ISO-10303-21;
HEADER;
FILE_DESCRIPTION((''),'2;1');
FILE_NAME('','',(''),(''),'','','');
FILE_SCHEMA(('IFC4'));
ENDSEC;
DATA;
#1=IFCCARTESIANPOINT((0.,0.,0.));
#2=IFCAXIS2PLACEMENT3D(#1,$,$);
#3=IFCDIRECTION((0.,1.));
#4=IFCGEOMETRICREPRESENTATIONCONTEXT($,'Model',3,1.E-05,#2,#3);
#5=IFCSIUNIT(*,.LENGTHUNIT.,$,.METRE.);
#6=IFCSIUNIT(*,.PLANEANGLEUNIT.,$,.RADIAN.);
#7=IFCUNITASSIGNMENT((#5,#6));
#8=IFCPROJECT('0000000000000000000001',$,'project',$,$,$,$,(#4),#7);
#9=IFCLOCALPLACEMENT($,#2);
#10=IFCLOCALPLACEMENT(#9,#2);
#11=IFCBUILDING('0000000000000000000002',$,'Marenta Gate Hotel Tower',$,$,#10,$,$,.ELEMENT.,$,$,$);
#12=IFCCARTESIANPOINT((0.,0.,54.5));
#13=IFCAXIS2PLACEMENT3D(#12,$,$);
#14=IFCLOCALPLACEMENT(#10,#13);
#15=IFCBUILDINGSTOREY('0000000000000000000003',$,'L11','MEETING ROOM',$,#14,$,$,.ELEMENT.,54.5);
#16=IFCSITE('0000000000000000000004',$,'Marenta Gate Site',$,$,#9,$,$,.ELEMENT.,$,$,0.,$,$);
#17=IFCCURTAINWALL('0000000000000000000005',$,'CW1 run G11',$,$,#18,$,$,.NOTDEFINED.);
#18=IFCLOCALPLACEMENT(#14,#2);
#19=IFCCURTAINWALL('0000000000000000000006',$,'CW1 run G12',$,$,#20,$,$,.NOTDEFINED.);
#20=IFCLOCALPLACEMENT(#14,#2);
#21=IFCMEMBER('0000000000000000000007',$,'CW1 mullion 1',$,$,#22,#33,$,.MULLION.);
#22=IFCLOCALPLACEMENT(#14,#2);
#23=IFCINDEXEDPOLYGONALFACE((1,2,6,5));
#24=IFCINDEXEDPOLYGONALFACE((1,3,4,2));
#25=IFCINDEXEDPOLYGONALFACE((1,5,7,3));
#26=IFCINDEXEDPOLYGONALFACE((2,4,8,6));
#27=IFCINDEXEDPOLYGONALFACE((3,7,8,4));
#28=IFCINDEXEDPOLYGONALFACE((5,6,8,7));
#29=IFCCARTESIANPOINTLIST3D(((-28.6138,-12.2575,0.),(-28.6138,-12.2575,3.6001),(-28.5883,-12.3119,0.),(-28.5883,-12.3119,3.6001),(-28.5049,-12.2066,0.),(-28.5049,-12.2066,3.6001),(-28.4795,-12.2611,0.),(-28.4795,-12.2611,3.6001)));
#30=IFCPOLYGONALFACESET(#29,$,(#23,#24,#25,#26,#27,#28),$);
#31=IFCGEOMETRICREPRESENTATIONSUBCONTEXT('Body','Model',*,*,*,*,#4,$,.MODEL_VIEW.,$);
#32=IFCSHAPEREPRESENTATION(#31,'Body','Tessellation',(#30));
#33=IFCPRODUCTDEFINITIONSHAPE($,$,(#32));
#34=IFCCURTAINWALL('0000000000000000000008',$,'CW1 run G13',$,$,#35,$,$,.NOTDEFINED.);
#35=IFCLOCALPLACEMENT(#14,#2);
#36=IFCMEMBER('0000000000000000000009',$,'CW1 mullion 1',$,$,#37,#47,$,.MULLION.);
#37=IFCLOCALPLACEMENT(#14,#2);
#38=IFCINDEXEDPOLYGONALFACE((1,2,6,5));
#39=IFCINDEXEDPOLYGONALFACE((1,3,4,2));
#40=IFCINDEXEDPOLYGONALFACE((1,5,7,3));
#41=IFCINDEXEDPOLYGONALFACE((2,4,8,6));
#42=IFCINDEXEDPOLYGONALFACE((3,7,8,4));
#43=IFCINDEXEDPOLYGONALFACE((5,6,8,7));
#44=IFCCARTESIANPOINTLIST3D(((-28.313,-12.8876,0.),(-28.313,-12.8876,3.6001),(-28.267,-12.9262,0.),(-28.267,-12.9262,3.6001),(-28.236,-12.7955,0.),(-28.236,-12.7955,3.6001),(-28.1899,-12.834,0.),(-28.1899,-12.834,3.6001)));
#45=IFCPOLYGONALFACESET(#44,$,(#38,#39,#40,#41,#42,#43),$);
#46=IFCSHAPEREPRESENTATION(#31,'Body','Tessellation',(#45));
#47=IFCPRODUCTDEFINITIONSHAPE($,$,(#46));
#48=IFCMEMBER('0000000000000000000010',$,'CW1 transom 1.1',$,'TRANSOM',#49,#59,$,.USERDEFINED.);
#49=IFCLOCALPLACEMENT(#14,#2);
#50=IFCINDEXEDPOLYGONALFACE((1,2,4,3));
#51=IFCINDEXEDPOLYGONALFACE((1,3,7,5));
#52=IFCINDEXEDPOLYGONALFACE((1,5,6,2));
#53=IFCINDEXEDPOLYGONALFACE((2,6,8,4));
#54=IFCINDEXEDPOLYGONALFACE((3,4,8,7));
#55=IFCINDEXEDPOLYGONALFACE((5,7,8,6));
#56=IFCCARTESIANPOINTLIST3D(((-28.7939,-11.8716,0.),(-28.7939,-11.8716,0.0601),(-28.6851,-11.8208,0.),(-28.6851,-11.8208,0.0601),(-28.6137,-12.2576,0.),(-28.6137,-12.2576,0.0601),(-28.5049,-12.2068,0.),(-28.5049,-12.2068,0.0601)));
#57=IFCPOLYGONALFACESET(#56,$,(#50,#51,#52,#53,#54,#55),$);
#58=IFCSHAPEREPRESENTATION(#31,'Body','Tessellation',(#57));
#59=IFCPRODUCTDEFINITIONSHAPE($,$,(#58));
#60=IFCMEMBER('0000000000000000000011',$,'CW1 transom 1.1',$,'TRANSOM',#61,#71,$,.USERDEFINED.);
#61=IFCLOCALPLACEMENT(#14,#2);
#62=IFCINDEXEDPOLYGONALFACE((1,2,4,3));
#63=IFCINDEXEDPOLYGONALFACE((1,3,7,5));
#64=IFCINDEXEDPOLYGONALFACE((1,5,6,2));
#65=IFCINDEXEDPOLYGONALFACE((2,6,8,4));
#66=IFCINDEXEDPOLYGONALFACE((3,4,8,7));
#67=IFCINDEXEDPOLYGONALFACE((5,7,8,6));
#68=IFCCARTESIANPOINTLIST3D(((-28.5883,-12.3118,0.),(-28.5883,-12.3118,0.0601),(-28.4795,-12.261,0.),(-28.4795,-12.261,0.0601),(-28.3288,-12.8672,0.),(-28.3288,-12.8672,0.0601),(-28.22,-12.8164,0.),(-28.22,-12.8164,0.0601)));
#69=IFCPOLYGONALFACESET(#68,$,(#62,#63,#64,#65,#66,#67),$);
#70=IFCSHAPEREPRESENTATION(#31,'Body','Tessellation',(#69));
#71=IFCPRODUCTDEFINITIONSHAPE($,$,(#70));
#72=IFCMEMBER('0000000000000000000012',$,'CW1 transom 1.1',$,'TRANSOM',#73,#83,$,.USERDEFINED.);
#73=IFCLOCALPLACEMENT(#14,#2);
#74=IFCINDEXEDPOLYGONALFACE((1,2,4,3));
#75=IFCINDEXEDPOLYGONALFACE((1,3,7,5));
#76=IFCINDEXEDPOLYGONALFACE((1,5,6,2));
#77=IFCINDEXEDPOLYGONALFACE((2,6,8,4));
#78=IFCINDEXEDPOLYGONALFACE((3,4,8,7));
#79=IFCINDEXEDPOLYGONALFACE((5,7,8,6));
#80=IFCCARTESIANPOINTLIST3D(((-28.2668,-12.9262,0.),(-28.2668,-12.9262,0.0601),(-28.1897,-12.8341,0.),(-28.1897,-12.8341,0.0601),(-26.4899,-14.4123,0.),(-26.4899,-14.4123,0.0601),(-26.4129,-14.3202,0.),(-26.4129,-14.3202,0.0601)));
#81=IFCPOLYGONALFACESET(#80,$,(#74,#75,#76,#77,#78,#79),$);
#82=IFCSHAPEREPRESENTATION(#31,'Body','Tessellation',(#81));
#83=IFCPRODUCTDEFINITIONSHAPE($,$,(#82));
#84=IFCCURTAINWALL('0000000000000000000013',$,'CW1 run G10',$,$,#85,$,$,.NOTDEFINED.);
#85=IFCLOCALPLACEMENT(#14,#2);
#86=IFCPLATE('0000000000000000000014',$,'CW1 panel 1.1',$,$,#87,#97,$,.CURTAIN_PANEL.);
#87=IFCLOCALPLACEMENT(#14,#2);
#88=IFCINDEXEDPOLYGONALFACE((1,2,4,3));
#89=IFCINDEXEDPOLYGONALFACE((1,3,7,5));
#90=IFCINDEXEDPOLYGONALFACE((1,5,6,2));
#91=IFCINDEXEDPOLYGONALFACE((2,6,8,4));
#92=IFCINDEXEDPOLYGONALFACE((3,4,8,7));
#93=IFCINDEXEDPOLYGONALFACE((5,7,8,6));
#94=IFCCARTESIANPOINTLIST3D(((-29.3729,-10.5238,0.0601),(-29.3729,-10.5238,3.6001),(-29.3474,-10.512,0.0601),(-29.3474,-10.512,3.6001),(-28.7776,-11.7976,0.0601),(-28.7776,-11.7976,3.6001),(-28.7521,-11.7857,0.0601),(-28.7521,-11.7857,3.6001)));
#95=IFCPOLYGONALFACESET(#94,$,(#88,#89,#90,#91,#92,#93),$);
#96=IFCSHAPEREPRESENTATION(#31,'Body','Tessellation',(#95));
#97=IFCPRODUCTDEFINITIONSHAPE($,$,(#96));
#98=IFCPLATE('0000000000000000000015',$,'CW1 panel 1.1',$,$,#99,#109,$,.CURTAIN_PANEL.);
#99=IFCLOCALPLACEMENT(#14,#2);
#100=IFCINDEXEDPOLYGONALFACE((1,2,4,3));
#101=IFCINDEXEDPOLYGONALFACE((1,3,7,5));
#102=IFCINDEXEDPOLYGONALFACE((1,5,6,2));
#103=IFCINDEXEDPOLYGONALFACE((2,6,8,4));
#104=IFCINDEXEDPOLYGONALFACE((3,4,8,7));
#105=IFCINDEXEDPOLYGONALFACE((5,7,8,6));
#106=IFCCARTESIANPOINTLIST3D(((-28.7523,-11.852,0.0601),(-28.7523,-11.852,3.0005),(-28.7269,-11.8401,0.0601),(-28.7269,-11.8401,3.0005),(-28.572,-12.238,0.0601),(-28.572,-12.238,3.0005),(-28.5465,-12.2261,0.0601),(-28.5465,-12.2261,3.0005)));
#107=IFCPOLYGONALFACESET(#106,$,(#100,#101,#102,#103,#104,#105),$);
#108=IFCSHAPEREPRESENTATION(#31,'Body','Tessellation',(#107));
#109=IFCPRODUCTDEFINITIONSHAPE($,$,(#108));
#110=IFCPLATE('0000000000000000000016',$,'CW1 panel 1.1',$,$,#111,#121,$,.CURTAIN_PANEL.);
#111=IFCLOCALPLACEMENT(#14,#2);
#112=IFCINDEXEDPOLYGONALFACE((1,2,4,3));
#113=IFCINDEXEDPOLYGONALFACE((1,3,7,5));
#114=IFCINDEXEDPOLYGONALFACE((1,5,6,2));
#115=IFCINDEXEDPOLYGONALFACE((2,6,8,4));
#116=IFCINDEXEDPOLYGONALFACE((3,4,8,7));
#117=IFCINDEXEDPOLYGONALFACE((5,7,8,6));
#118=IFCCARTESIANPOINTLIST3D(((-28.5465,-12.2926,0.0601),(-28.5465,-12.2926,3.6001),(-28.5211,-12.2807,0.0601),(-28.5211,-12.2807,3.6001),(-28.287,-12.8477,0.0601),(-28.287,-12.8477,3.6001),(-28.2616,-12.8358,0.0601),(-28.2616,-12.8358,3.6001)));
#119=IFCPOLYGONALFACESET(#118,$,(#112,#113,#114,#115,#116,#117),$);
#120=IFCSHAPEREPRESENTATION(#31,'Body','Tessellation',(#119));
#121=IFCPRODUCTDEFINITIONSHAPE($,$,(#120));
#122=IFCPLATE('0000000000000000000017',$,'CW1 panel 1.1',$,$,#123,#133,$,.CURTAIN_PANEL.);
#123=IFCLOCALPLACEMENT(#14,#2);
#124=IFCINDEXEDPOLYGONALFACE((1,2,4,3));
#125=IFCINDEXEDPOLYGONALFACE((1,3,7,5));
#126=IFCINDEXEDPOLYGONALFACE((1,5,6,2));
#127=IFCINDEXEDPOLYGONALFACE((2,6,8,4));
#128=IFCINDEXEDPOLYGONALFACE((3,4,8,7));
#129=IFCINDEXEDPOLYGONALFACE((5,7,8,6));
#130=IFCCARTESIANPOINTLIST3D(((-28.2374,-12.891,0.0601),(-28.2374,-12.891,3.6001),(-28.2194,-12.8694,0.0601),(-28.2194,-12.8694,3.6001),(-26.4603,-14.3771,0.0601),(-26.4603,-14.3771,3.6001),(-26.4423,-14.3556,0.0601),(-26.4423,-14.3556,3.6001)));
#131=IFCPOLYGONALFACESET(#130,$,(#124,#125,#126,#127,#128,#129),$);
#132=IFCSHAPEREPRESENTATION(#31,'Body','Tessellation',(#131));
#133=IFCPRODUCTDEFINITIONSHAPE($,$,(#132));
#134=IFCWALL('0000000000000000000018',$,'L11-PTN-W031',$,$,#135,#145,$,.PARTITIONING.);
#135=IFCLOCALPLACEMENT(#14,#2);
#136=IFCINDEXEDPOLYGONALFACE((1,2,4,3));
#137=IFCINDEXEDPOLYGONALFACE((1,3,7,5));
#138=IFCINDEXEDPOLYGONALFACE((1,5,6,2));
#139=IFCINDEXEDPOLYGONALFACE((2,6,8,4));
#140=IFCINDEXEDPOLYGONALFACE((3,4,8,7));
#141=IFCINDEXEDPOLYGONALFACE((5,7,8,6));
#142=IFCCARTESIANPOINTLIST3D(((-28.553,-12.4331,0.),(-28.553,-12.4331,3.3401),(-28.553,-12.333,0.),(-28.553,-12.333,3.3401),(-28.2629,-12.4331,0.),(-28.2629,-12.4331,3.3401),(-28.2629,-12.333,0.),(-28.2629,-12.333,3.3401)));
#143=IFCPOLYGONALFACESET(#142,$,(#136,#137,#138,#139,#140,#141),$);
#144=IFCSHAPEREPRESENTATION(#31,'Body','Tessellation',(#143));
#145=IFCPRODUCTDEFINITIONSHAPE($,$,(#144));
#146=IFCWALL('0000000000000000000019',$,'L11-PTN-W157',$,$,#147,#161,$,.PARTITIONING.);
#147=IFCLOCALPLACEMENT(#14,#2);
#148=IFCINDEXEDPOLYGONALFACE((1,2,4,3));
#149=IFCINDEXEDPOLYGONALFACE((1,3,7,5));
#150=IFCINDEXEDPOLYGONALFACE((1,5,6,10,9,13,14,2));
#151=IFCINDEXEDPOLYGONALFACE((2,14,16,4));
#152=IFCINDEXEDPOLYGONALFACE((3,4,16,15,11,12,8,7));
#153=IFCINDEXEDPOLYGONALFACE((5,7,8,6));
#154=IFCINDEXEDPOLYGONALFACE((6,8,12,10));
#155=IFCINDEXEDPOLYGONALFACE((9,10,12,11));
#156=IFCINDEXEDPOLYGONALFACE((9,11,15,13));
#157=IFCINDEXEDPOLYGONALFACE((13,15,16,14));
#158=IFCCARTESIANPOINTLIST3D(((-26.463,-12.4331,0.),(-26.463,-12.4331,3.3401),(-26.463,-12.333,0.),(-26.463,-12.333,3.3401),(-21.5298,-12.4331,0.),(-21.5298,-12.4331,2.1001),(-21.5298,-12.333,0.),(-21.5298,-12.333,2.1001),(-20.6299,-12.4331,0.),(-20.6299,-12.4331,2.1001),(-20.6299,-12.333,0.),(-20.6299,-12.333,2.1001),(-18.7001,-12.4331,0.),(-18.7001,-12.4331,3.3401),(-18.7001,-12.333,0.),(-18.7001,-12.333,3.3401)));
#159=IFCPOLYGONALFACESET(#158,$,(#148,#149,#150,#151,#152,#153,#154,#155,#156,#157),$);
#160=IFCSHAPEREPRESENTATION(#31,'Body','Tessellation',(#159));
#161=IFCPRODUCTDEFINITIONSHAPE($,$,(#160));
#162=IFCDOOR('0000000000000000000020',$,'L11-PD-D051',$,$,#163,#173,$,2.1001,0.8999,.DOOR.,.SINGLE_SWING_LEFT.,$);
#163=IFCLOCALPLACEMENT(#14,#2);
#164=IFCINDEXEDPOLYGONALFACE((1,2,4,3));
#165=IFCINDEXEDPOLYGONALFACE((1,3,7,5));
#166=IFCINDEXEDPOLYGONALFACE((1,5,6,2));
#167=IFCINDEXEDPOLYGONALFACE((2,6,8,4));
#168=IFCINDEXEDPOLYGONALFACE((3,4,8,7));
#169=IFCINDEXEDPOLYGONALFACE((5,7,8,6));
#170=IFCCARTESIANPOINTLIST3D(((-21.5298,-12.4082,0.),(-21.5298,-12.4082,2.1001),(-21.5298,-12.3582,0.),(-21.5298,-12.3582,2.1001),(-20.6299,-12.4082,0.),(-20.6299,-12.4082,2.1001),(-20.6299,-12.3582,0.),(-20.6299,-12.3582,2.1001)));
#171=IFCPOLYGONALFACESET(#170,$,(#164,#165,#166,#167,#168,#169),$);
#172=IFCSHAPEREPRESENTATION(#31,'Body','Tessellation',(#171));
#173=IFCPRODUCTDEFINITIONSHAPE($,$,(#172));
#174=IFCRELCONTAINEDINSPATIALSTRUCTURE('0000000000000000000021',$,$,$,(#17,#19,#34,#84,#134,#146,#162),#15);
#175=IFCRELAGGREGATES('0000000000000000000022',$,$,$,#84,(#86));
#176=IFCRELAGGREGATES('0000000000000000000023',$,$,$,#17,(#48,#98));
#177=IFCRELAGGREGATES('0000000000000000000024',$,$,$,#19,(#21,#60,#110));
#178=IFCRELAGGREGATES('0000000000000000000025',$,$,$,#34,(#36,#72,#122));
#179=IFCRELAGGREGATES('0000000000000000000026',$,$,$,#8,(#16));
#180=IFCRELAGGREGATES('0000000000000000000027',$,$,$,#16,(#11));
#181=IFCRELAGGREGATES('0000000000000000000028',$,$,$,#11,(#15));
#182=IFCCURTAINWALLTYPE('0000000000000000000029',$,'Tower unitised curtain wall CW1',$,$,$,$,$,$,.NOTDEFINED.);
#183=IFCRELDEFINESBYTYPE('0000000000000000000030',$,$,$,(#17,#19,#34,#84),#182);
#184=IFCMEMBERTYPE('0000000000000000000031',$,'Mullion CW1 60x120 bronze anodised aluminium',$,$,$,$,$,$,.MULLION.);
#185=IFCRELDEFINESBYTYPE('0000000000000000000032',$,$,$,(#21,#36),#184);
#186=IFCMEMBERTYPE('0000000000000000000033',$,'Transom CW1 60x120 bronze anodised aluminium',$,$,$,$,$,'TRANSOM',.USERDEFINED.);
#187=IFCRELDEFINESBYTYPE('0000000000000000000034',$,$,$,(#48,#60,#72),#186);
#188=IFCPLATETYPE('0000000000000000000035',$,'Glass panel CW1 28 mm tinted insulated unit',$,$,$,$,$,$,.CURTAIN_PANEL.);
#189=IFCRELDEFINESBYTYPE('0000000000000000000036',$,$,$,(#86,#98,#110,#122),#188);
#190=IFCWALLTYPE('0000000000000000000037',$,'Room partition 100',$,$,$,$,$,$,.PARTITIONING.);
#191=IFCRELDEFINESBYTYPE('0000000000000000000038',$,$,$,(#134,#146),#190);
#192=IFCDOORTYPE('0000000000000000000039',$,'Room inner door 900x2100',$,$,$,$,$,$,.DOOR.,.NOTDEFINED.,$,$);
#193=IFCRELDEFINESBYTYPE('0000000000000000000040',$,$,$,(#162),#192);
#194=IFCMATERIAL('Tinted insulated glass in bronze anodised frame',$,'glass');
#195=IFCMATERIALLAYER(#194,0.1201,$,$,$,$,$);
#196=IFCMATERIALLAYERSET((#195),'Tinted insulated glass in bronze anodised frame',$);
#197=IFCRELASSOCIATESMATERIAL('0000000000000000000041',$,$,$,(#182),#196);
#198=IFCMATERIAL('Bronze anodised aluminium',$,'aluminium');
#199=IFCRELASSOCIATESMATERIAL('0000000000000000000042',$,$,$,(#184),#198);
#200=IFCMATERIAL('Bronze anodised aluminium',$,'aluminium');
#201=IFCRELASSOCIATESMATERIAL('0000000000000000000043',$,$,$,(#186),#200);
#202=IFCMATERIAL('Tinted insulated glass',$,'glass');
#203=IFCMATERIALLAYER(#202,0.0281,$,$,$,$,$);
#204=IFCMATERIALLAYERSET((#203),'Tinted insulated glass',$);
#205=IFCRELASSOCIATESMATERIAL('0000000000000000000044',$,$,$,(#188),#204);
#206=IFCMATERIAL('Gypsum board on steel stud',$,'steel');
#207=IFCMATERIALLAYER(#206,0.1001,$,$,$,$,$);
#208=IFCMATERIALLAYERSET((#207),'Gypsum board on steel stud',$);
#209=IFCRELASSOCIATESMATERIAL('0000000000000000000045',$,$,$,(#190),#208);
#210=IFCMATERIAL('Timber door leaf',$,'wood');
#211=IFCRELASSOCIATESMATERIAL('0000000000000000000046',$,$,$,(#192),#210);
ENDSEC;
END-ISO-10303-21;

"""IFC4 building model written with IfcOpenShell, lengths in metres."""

from ifc_helpers import new_model, si_unit, direction, frame, frame_2d, origin, origin_2d, place, context, subcontext, project, spatial, rectangle, extrude, material, layer, layer_set, material_profile, profile_set, type_object, element, fill, aggregate, save


model = new_model("IFC4")

# Units and contexts
model_context = context("Model", 3, precision=1e-05, world=origin(), true_north=direction((0.0, 1.0)))
body_context = subcontext(model_context, "Body", "Model", "MODEL_VIEW")
ifc_project = project(units=[si_unit("LENGTHUNIT", "METRE"), si_unit("PLANEANGLEUNIT", "RADIAN")], contexts=[model_context])

# Site, building, storey
site_placement = place(None, origin())
site = spatial("IfcSite", under=ifc_project, at=site_placement, Name="Marenta Gate Site", CompositionType="ELEMENT", RefElevation=0.0)
building_placement = place(site_placement, origin())
building = spatial("IfcBuilding", under=site, at=building_placement, Name="Marenta Gate Hotel Tower", CompositionType="ELEMENT")
storey_placement = place(building_placement, frame((0.0, 0.0, 54.5)))
storey = spatial("IfcBuildingStorey", under=building, at=storey_placement, Name="L11", Description="MEETING ROOM", CompositionType="ELEMENT", Elevation=54.5)

# Curtain walls, members
ifc_material_1 = material(Name="Tinted insulated glass in bronze anodised frame", Category="glass")
ifc_layer_1 = layer(ifc_material_1, 0.1201)
ifc_layer_set_1 = layer_set([ifc_layer_1], Name="Tinted insulated glass in bronze anodised frame")
curtain_wall_type = type_object("IfcCurtainWallType", Name="Tower unitised curtain wall CW1", PredefinedType="NOTDEFINED", material=ifc_layer_set_1)
curtain_wall_1_placement = place(storey_placement, origin())
curtain_wall_1 = element("IfcCurtainWall", 1, at=curtain_wall_1_placement, inside=storey, type_object=curtain_wall_type, Name="CW1 run G11", PredefinedType="NOTDEFINED")
ifc_material_2 = material(Name="Bronze anodised aluminium", Category="aluminium")
ifc_material_profile_1 = material_profile(ifc_material_2, rectangle(XDim=0.1201, YDim=0.0601, at=origin_2d()), Name="Mullion CW1 60x120 bronze anodised aluminium")
ifc_profile_set_1 = profile_set([ifc_material_profile_1], Name="Bronze anodised aluminium")
member_type_1 = type_object("IfcMemberType", Name="Mullion CW1 60x120 bronze anodised aluminium", PredefinedType="MULLION", material=ifc_profile_set_1)
curtain_wall_2_placement = place(storey_placement, origin())
curtain_wall_2 = element("IfcCurtainWall", 2, at=curtain_wall_2_placement, inside=storey, type_object=curtain_wall_type, Name="CW1 run G12", PredefinedType="NOTDEFINED")
member_1_placement = place(storey_placement, frame((-28.5466, -12.2593, 0.0), z_axis=(0.0, 0.0, 1.0), x_axis=(0.905944, 0.423398, 0.0)))
member_1 = element("IfcMember", 3, at=member_1_placement, type_object=member_type_1, Name="CW1 mullion 1", PredefinedType="MULLION", context=body_context, shape_type="SweptSolid", body=[
    extrude(rectangle(XDim=0.1201, YDim=0.0601, at=origin_2d()), origin(), (0.0, 0.0, 1.0), 3.6001),
])
curtain_wall_3_placement = place(storey_placement, origin())
curtain_wall_3 = element("IfcCurtainWall", 4, at=curtain_wall_3_placement, inside=storey, type_object=curtain_wall_type, Name="CW1 run G13", PredefinedType="NOTDEFINED")
member_2_placement = place(storey_placement, frame((-28.2515, -12.8608, 0.0), z_axis=(0.0, 0.0, 1.0), x_axis=(0.641512, 0.767113, 0.0)))
member_2 = element("IfcMember", 5, at=member_2_placement, type_object=member_type_1, Name="CW1 mullion 1", PredefinedType="MULLION", context=body_context, shape_type="SweptSolid", body=[
    extrude(rectangle(XDim=0.1201, YDim=0.0601, at=origin_2d()), origin(), (0.0, 0.0, 1.0), 3.6001),
])

# Members
ifc_material_3 = material(Name="Bronze anodised aluminium", Category="aluminium")
ifc_material_profile_2 = material_profile(ifc_material_3, rectangle(XDim=0.1201, YDim=0.0601, at=origin_2d()), Name="Transom CW1 60x120 bronze anodised aluminium")
ifc_profile_set_2 = profile_set([ifc_material_profile_2], Name="Bronze anodised aluminium")
member_type_2 = type_object("IfcMemberType", Name="Transom CW1 60x120 bronze anodised aluminium", ElementType="TRANSOM", PredefinedType="USERDEFINED", material=ifc_profile_set_2)
member_3_placement = place(storey_placement, frame((-28.7395, -11.8462, 0.03), z_axis=(0.42298, -0.906139, 0.0), x_axis=(0.906139, 0.42298, 0.0)))
member_3 = element("IfcMember", 6, at=member_3_placement, type_object=member_type_2, Name="CW1 transom 1.1", ObjectType="TRANSOM", PredefinedType="USERDEFINED", context=body_context, shape_type="SweptSolid", body=[
    extrude(rectangle(XDim=0.1201, YDim=0.0601, at=origin_2d()), origin(), (0.0, 0.0, 1.0), 0.426),
])
member_4_placement = place(storey_placement, frame((-28.5339, -12.2864, 0.03), z_axis=(0.423321, -0.90598, 0.0), x_axis=(0.90598, 0.423321, 0.0)))
member_4 = element("IfcMember", 7, at=member_4_placement, type_object=member_type_2, Name="CW1 transom 1.1", ObjectType="TRANSOM", PredefinedType="USERDEFINED", context=body_context, shape_type="SweptSolid", body=[
    extrude(rectangle(XDim=0.1201, YDim=0.0601, at=origin_2d()), origin(), (0.0, 0.0, 1.0), 0.613),
])
member_5_placement = place(storey_placement, frame((-28.2283, -12.8801, 0.03), z_axis=(0.76708, -0.641552, 0.0), x_axis=(0.641552, 0.76708, 0.0)))
member_5 = element("IfcMember", 8, at=member_5_placement, type_object=member_type_2, Name="CW1 transom 1.1", ObjectType="TRANSOM", PredefinedType="USERDEFINED", context=body_context, shape_type="SweptSolid", body=[
    extrude(rectangle(XDim=0.1201, YDim=0.0601, at=origin_2d()), origin(), (0.0, 0.0, 1.0), 2.3164),
])

# Curtain wall, plate
curtain_wall_4_placement = place(storey_placement, origin())
curtain_wall_4 = element("IfcCurtainWall", 9, at=curtain_wall_4_placement, inside=storey, type_object=curtain_wall_type, Name="CW1 run G10", PredefinedType="NOTDEFINED")
ifc_material_4 = material(Name="Tinted insulated glass", Category="glass")
ifc_layer_2 = layer(ifc_material_4, 0.0281)
ifc_layer_set_2 = layer_set([ifc_layer_2], Name="Tinted insulated glass")
plate_type = type_object("IfcPlateType", Name="Glass panel CW1 28 mm tinted insulated unit", PredefinedType="CURTAIN_PANEL", material=ifc_layer_set_2)
plate_1_placement = place(storey_placement, frame((-29.0625, -11.1548, 0.0601), z_axis=(0.0, 0.0, 1.0), x_axis=(0.423375, -0.905955, 0.0)))
plate_1 = element("IfcPlate", 10, at=plate_1_placement, type_object=plate_type, Name="CW1 panel 1.1", PredefinedType="CURTAIN_PANEL", context=body_context, shape_type="SweptSolid", body=[
    extrude(rectangle(XDim=1.406, YDim=0.0281, at=origin_2d()), origin(), (0.0, 0.0, 1.0), 3.54),
])
aggregate(curtain_wall_4, [plate_1])

# Plates
plate_2_placement = place(storey_placement, frame((-28.6494, -12.0391, 0.0601), z_axis=(0.0, 0.0, 1.0), x_axis=(0.423268, -0.906004, 0.0)))
plate_2 = element("IfcPlate", 11, at=plate_2_placement, type_object=plate_type, Name="CW1 panel 1.1", PredefinedType="CURTAIN_PANEL", context=body_context, shape_type="SweptSolid", body=[
    extrude(rectangle(XDim=0.426, YDim=0.0281, at=origin_2d()), origin(), (0.0, 0.0, 1.0), 2.9404),
])
aggregate(curtain_wall_1, [member_3, plate_2])
plate_3_placement = place(storey_placement, frame((-28.4041, -12.5642, 0.0601), z_axis=(0.0, 0.0, 1.0), x_axis=(0.423398, -0.905944, 0.0)))
plate_3 = element("IfcPlate", 12, at=plate_3_placement, type_object=plate_type, Name="CW1 panel 1.1", PredefinedType="CURTAIN_PANEL", context=body_context, shape_type="SweptSolid", body=[
    extrude(rectangle(XDim=0.6128, YDim=0.0281, at=origin_2d()), origin(), (0.0, 0.0, 1.0), 3.54),
])
aggregate(curtain_wall_2, [member_1, member_4, plate_3])
plate_4_placement = place(storey_placement, frame((-27.3398, -13.6233, 0.0601), z_axis=(0.0, 0.0, 1.0), x_axis=(0.767113, -0.641512, 0.0)))
plate_4 = element("IfcPlate", 13, at=plate_4_placement, type_object=plate_type, Name="CW1 panel 1.1", PredefinedType="CURTAIN_PANEL", context=body_context, shape_type="SweptSolid", body=[
    extrude(rectangle(XDim=2.3167, YDim=0.0281, at=origin_2d()), origin(), (0.0, 0.0, 1.0), 3.54),
])
aggregate(curtain_wall_3, [member_2, member_5, plate_4])

# Wall
ifc_material_5 = material(Name="Gypsum board on steel stud", Category="steel")
ifc_layer_3 = layer(ifc_material_5, 0.1001)
ifc_layer_set_3 = layer_set([ifc_layer_3], Name="Gypsum board on steel stud")
wall_type = type_object("IfcWallType", Name="Room partition 100", PredefinedType="PARTITIONING", material=ifc_layer_set_3)
wall_1_placement = place(storey_placement, frame((-28.553, -12.3831, 0.0), z_axis=(0.0, 0.0, 1.0), x_axis=(1.0, 0.0, 0.0)))
element("IfcWall", 14, at=wall_1_placement, inside=storey, type_object=wall_type, Name="L11-PTN-W031", PredefinedType="PARTITIONING", context=body_context, shape_type="SweptSolid", body=[
    extrude(rectangle(XDim=0.29, YDim=0.1001, at=frame_2d((0.145, 0.0))), origin(), (0.0, 0.0, 1.0), 3.3401),
])

# Wall, opening, door
wall_2_placement = place(storey_placement, frame((-26.4629, -12.3831, 0.0), z_axis=(0.0, 0.0, 1.0), x_axis=(1.0, 0.0, 0.0)))
wall_2 = element("IfcWall", 15, at=wall_2_placement, inside=storey, type_object=wall_type, Name="L11-PTN-W157", PredefinedType="PARTITIONING", context=body_context, shape_type="SweptSolid", body=[
    extrude(rectangle(XDim=7.7629, YDim=0.1001, at=frame_2d((3.8813, 0.0))), origin(), (0.0, 0.0, 1.0), 3.3401),
])
opening_placement = place(wall_2_placement, frame((4.9331, 0.0, 0.0)))
opening = element("IfcOpeningElement", 16, at=opening_placement, cuts=wall_2, PredefinedType="OPENING", context=body_context, shape_type="SweptSolid", body=[
    extrude(rectangle(XDim=0.8999, YDim=2.1001, at=frame_2d((0.45, 1.05))), frame((0.0, 0.05, 0.0), z_axis=(0.0, -1.0, 0.0), x_axis=(1.0, 0.0, 0.0)), (0.0, 0.0, 1.0), 0.1001),
])
ifc_material_6 = material(Name="Timber door leaf", Category="wood")
door_type = type_object("IfcDoorType", Name="Room inner door 900x2100", OperationType="NOTDEFINED", PredefinedType="DOOR", material=ifc_material_6)
door_placement = place(opening_placement, origin())
door = element("IfcDoor", 17, at=door_placement, inside=storey, type_object=door_type, Name="L11-PD-D051", OperationType="SINGLE_SWING_LEFT", OverallHeight=2.1001, OverallWidth=0.8999, PredefinedType="DOOR", context=body_context, shape_type="SweptSolid", body=[
    extrude(rectangle(XDim=0.8999, YDim=2.1001, at=frame_2d((0.45, 1.05))), frame((0.0, 0.0249, 0.0), z_axis=(0.0, -1.0, 0.0), x_axis=(1.0, 0.0, 0.0)), (0.0, 0.0, 1.0), 0.05),
])
fill(opening, door)

save(model, "model.ifc")
